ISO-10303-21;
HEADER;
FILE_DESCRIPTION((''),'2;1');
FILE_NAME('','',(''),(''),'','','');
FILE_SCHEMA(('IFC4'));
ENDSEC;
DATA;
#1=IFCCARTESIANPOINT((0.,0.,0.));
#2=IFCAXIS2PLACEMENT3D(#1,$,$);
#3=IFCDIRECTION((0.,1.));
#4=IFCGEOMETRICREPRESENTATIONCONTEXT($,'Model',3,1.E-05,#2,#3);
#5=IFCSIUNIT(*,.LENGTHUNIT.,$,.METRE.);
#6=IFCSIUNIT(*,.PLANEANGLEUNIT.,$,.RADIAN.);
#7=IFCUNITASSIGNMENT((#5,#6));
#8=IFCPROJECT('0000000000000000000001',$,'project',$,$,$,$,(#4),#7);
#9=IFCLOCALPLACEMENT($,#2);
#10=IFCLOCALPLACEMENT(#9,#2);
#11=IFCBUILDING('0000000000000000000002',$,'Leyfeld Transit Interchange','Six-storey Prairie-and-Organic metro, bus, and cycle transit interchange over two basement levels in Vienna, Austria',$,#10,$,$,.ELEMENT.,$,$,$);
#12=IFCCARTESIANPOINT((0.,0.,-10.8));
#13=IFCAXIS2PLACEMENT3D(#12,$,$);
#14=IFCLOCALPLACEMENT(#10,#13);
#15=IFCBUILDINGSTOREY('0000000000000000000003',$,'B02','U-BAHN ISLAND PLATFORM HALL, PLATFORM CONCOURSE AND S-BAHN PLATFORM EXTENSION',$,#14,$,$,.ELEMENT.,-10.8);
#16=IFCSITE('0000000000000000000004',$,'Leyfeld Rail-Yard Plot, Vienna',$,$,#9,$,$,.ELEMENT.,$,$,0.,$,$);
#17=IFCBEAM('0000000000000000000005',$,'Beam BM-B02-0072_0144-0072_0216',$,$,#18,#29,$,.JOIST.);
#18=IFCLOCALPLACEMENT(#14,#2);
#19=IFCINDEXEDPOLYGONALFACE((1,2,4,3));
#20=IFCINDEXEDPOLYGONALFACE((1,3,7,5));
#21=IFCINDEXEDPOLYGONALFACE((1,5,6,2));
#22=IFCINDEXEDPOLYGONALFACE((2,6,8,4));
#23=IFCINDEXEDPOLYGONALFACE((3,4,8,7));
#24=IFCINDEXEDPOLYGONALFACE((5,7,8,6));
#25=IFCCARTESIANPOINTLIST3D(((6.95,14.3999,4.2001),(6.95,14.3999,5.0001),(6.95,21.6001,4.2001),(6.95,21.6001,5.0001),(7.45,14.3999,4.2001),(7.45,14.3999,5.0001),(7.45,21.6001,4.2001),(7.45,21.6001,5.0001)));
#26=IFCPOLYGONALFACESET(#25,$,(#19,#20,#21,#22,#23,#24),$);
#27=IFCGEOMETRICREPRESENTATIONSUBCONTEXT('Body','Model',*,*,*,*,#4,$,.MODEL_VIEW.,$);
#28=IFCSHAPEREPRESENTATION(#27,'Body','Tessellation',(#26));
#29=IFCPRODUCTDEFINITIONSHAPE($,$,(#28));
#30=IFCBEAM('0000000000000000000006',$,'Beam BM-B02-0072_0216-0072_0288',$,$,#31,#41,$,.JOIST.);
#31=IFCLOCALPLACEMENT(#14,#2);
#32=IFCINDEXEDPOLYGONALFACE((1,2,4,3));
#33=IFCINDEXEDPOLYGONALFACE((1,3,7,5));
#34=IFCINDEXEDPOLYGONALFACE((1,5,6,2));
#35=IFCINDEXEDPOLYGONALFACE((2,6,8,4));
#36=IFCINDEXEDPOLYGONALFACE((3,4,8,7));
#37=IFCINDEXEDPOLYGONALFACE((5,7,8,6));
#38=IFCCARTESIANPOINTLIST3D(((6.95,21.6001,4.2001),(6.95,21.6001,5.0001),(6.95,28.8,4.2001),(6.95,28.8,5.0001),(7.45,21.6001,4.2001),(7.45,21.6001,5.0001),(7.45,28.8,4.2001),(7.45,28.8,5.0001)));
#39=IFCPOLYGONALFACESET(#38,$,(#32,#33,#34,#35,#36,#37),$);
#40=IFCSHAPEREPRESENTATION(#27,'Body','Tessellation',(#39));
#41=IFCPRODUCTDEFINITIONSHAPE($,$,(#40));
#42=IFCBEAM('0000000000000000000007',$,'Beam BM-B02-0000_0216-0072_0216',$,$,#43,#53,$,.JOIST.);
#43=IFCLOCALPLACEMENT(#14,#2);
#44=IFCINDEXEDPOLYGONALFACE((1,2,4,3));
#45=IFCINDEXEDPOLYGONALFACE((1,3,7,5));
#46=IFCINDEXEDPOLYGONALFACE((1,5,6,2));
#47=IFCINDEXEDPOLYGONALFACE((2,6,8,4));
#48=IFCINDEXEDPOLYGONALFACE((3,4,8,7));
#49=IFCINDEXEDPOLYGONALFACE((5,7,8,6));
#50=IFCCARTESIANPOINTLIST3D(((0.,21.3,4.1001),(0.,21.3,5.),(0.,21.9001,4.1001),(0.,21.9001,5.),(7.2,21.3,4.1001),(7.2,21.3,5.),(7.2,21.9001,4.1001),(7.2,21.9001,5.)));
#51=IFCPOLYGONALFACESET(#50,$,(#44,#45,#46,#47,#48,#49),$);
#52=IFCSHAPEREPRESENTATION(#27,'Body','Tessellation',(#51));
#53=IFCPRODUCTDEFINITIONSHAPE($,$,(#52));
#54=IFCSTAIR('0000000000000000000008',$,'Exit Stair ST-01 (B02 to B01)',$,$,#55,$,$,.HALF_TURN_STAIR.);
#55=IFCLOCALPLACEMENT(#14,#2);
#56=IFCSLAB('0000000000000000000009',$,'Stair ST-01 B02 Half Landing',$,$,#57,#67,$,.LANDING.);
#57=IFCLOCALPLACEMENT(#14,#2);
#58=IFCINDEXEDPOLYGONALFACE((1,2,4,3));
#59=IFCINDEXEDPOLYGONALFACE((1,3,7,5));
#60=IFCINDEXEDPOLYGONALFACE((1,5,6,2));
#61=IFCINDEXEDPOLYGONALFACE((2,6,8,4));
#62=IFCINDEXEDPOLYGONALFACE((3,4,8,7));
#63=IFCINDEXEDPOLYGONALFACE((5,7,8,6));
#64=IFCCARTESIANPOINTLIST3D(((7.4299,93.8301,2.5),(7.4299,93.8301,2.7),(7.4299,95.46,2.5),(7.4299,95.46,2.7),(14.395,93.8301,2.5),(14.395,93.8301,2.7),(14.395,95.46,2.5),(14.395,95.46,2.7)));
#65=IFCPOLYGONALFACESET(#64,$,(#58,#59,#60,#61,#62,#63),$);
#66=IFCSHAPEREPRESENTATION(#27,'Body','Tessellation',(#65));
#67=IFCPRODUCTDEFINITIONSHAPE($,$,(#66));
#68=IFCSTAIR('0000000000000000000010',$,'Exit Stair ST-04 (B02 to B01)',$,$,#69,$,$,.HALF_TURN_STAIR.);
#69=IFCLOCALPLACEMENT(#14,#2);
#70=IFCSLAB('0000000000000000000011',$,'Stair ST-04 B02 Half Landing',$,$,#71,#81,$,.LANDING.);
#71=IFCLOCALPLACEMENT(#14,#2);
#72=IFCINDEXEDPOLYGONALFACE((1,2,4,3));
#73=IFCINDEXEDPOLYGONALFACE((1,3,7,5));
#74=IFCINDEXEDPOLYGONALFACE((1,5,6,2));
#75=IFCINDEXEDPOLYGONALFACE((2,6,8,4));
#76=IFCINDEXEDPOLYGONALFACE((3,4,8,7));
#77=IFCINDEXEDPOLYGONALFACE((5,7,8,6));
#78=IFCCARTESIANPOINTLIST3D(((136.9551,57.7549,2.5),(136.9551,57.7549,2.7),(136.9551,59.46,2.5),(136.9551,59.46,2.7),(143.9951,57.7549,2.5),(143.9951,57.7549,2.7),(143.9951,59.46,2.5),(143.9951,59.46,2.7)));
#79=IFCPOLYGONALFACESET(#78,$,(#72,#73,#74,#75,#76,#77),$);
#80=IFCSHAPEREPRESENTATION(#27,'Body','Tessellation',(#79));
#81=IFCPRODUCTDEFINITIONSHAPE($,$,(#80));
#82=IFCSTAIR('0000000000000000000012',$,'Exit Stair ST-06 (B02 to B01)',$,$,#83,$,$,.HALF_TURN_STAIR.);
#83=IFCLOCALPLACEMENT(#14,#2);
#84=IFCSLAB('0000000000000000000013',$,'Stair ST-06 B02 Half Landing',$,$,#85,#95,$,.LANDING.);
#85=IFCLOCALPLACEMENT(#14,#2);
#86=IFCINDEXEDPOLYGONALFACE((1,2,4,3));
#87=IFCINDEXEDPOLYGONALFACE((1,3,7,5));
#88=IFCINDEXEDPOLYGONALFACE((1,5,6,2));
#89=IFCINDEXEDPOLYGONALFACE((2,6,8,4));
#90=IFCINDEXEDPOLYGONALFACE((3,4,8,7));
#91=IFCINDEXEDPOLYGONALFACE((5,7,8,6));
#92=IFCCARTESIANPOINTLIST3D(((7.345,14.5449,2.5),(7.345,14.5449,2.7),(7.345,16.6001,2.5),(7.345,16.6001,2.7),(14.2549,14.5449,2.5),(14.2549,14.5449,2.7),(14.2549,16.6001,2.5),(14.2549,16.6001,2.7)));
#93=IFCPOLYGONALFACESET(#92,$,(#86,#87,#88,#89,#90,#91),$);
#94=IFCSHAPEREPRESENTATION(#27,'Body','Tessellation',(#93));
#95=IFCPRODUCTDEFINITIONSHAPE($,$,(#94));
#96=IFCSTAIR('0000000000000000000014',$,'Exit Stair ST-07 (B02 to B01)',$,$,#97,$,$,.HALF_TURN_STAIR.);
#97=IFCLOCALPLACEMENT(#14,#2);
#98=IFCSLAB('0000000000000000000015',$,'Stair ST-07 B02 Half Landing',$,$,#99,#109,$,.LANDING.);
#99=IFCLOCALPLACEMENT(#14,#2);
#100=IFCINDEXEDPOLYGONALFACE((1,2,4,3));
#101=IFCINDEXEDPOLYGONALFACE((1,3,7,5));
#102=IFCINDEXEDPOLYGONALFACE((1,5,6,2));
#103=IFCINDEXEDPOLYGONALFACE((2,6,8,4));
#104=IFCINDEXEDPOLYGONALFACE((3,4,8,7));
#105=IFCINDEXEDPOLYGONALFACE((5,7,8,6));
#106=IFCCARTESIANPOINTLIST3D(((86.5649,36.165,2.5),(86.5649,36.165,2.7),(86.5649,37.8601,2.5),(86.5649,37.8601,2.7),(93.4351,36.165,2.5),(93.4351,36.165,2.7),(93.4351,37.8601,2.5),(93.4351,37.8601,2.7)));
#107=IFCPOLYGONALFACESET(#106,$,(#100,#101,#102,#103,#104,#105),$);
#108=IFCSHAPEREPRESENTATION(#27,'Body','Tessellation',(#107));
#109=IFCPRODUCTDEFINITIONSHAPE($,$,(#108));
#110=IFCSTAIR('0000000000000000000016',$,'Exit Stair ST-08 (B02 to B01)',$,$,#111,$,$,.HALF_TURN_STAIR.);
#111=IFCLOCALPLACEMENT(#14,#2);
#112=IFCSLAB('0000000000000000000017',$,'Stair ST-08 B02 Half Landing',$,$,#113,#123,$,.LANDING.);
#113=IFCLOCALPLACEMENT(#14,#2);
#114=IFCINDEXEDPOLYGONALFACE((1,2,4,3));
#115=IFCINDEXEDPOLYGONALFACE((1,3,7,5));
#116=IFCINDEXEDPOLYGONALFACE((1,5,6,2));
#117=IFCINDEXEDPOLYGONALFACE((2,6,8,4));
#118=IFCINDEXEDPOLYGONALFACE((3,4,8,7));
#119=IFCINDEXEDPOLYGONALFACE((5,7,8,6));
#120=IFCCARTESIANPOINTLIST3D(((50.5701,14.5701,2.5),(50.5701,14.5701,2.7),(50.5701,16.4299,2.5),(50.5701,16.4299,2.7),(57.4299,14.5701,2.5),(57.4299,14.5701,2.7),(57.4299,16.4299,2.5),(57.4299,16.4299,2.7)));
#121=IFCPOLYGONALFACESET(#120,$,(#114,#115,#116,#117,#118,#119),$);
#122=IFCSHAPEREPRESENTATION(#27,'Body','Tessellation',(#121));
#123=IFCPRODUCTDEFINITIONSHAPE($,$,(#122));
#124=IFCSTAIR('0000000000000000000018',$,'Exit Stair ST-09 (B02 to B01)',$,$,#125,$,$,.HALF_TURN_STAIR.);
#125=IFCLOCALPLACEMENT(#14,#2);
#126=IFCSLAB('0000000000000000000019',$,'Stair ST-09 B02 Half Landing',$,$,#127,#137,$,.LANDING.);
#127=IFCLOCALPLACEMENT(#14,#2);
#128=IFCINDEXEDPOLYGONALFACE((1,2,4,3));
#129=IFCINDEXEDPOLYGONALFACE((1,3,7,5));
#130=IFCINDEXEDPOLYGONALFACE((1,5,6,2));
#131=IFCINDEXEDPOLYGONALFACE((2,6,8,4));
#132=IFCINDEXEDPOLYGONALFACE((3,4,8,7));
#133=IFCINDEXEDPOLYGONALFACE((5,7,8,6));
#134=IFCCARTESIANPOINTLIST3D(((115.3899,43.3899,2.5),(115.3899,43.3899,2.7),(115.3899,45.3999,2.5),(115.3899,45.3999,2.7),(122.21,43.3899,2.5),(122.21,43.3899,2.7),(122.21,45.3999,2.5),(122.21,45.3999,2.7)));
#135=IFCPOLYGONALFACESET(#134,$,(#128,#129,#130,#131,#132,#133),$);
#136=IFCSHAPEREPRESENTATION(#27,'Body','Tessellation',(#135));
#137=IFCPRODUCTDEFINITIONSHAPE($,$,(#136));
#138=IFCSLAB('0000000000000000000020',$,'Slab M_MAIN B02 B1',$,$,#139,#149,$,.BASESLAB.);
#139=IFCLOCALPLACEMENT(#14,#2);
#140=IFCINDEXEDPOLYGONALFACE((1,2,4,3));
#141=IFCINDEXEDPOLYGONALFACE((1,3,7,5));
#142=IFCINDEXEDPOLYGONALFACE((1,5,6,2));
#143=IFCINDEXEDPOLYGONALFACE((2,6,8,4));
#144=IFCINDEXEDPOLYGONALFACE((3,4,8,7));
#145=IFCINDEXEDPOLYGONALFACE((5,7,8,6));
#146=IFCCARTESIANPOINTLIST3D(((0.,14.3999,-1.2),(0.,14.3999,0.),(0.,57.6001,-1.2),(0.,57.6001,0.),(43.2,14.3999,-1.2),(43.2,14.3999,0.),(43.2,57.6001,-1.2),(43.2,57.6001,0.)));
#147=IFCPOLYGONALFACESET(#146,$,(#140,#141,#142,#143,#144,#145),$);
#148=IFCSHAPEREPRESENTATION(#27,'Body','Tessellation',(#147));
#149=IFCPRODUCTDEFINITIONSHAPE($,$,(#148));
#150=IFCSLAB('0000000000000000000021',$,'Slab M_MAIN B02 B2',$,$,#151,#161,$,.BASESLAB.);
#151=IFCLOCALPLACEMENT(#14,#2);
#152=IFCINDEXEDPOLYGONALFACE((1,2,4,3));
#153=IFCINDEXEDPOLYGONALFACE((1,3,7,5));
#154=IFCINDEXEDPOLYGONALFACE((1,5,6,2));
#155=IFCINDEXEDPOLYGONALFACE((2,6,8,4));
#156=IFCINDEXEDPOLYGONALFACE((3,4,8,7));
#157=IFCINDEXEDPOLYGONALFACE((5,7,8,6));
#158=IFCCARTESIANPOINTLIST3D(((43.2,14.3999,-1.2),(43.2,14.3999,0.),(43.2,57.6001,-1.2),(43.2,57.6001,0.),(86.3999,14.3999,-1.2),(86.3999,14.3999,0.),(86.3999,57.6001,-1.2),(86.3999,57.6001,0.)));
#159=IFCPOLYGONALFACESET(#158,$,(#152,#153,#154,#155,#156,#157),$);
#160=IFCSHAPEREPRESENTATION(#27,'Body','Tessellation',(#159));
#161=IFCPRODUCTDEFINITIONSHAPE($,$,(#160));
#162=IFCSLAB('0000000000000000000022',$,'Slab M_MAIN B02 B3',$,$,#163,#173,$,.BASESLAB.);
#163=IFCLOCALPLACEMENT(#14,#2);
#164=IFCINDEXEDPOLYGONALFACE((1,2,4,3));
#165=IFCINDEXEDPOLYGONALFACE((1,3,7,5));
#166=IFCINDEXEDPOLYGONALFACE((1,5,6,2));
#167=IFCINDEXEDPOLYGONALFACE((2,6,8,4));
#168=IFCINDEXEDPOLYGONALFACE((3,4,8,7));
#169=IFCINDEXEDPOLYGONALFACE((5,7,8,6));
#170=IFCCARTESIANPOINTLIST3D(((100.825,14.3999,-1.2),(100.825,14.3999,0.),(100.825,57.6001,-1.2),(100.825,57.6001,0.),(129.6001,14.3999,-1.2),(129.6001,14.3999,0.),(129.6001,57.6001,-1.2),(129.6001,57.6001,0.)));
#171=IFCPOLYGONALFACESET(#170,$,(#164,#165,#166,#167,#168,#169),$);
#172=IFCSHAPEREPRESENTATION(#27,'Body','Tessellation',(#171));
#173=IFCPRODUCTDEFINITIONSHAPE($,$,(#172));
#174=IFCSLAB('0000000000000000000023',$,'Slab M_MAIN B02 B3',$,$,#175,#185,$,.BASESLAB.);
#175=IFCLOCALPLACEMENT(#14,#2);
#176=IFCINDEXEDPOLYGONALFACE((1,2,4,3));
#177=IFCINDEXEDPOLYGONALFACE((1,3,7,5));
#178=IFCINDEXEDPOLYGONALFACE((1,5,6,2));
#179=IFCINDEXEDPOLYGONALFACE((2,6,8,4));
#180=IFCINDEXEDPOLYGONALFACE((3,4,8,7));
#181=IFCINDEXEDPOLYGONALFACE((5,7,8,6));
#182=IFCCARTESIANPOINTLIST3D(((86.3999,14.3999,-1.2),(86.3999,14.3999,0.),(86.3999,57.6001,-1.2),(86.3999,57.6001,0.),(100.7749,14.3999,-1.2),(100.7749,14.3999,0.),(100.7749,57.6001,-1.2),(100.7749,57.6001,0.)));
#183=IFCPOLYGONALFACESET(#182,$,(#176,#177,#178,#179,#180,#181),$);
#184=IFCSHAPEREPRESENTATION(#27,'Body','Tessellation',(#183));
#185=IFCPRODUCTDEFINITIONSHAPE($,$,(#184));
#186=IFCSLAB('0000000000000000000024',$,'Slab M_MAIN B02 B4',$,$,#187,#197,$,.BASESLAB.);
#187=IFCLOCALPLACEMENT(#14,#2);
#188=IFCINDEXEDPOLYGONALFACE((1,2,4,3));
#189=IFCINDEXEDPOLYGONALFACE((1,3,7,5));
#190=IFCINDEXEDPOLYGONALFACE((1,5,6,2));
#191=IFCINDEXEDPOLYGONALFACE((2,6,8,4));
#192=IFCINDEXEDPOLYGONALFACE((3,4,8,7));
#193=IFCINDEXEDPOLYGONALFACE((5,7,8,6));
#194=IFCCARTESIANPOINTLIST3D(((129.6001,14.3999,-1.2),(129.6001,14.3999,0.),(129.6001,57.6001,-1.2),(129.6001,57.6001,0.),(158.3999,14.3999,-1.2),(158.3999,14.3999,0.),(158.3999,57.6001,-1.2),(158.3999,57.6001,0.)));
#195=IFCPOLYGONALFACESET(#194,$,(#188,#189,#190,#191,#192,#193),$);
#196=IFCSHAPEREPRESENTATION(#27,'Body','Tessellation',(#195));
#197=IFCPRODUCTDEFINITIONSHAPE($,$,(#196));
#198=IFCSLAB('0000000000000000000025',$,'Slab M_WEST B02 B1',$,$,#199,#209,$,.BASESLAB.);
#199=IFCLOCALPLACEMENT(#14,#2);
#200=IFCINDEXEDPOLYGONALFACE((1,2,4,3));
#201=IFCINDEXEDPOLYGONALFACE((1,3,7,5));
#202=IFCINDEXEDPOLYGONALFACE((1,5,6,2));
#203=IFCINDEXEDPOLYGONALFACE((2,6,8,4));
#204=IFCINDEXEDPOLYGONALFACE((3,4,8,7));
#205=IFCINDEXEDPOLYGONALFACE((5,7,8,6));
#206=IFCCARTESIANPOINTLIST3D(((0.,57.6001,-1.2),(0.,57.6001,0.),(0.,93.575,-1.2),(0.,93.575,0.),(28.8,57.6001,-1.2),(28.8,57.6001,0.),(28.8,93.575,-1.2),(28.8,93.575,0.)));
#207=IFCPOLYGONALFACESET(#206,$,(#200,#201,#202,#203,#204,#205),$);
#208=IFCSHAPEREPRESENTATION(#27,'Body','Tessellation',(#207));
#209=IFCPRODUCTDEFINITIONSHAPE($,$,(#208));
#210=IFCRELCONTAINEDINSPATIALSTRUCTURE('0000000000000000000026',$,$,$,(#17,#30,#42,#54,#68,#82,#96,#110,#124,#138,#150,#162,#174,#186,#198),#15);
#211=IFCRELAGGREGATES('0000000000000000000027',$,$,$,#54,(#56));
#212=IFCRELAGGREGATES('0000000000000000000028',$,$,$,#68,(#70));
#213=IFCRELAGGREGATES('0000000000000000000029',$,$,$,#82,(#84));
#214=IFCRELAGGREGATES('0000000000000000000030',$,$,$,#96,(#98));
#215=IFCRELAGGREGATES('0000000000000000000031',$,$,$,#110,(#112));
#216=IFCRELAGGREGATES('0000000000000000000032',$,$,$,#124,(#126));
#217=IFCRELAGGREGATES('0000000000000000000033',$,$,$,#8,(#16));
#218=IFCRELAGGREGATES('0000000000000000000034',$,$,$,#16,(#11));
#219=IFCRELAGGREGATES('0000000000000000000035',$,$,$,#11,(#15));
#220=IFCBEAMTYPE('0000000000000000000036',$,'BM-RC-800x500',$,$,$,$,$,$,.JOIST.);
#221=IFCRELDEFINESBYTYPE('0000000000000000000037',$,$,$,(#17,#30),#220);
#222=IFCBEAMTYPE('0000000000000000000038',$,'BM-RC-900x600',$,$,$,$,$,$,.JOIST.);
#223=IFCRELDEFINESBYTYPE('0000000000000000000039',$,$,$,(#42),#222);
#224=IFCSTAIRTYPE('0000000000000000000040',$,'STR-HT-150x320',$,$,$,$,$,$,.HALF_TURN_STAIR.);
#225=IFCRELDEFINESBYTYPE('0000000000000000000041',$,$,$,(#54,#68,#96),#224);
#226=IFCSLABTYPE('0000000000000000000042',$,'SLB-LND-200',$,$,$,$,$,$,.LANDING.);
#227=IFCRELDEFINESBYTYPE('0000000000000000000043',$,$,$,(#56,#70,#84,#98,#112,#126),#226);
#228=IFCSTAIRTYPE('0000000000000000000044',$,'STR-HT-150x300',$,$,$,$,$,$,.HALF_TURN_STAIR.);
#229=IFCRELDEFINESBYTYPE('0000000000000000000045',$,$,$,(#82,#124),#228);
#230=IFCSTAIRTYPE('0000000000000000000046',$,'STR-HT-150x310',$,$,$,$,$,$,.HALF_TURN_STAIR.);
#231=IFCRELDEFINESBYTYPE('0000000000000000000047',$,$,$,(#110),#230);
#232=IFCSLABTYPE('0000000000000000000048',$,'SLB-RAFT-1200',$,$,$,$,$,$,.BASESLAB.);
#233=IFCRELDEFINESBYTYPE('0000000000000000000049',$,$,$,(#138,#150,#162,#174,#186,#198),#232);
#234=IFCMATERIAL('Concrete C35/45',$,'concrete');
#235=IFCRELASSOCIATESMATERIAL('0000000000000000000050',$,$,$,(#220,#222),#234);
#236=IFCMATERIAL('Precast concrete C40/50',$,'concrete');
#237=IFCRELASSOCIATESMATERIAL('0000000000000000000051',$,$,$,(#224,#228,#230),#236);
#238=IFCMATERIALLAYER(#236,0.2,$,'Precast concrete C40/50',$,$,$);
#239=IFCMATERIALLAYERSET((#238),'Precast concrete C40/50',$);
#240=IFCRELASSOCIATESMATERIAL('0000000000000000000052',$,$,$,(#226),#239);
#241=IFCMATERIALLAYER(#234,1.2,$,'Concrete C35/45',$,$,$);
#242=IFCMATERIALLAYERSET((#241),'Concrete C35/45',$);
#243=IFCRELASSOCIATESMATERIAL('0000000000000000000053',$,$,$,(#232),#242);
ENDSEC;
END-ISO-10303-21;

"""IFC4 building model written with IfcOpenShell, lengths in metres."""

from ifc_helpers import new_model, si_unit, direction, frame, origin, origin_2d, place, context, subcontext, project, spatial, polyline, rectangle, outline, extrude, material, layer, layer_set, material_profile, profile_set, type_object, element, aggregate, save


model = new_model("IFC4")

# Units and contexts
model_context = context("Model", 3, precision=1e-05, world=origin(), true_north=direction((0.0, 1.0)))
body_context = subcontext(model_context, "Body", "Model", "MODEL_VIEW")
ifc_project = project(units=[si_unit("LENGTHUNIT", "METRE"), si_unit("PLANEANGLEUNIT", "RADIAN")], contexts=[model_context])

# Site, building, storey
site_placement = place(None, origin())
site = spatial("IfcSite", under=ifc_project, at=site_placement, Name="Leyfeld Rail-Yard Plot, Vienna", CompositionType="ELEMENT", RefElevation=0.0)
building_placement = place(site_placement, origin())
building = spatial("IfcBuilding", under=site, at=building_placement, Name="Leyfeld Transit Interchange", Description="Six-storey Prairie-and-Organic metro, bus, and cycle transit interchange over two basement levels in Vienna, Austria", CompositionType="ELEMENT")
storey_placement = place(building_placement, frame((0.0, 0.0, -10.8)))
storey = spatial("IfcBuildingStorey", under=building, at=storey_placement, Name="B02", Description="U-BAHN ISLAND PLATFORM HALL, PLATFORM CONCOURSE AND S-BAHN PLATFORM EXTENSION", CompositionType="ELEMENT", Elevation=-10.8)

# Shared definitions
ifc_material_1 = material(Name="Concrete C35/45", Category="concrete")

# Beams
ifc_material_profile_1 = material_profile(ifc_material_1, rectangle(XDim=0.5, YDim=0.8, at=origin_2d()), Name="RC 800x500")
ifc_profile_set_1 = profile_set([ifc_material_profile_1], Name="Concrete C35/45")
beam_type_1 = type_object("IfcBeamType", Name="BM-RC-800x500", PredefinedType="JOIST", material=ifc_profile_set_1)
beam_1_placement = place(storey_placement, frame((7.2, 14.3999, 4.6001), z_axis=(0.0, 1.0, 0.0), x_axis=(-1.0, 0.0, 0.0)))
element("IfcBeam", 1, at=beam_1_placement, inside=storey, type_object=beam_type_1, Name="Beam BM-B02-0072_0144-0072_0216", PredefinedType="JOIST", context=body_context, shape_type="SweptSolid", body=[
    extrude(rectangle(XDim=0.5, YDim=0.8, at=origin_2d()), origin(), (0.0, 0.0, 1.0), 7.2002),
])
beam_2_placement = place(storey_placement, frame((7.2, 21.6001, 4.6001), z_axis=(0.0, 1.0, 0.0), x_axis=(-1.0, 0.0, 0.0)))
element("IfcBeam", 2, at=beam_2_placement, inside=storey, type_object=beam_type_1, Name="Beam BM-B02-0072_0216-0072_0288", PredefinedType="JOIST", context=body_context, shape_type="SweptSolid", body=[
    extrude(rectangle(XDim=0.5, YDim=0.8, at=origin_2d()), origin(), (0.0, 0.0, 1.0), 7.2),
])
ifc_material_profile_2 = material_profile(ifc_material_1, rectangle(XDim=0.6001, YDim=0.8999, at=origin_2d()), Name="RC 900x600")
ifc_profile_set_2 = profile_set([ifc_material_profile_2], Name="Concrete C35/45")
beam_type_2 = type_object("IfcBeamType", Name="BM-RC-900x600", PredefinedType="JOIST", material=ifc_profile_set_2)
beam_3_placement = place(storey_placement, frame((0.0, 21.6001, 4.55), z_axis=(1.0, 0.0, 0.0), x_axis=(0.0, 1.0, 0.0)))
element("IfcBeam", 3, at=beam_3_placement, inside=storey, type_object=beam_type_2, Name="Beam BM-B02-0000_0216-0072_0216", PredefinedType="JOIST", context=body_context, shape_type="SweptSolid", body=[
    extrude(rectangle(XDim=0.6001, YDim=0.8999, at=origin_2d()), origin(), (0.0, 0.0, 1.0), 7.2),
])

# Stairs, slabs
ifc_material_2 = material(Name="Precast concrete C40/50", Category="concrete")
stair_type_1 = type_object("IfcStairType", Name="STR-HT-150x320", PredefinedType="HALF_TURN_STAIR", material=ifc_material_2)
stair_1_placement = place(storey_placement, origin())
stair_1 = element("IfcStair", 4, at=stair_1_placement, inside=storey, type_object=stair_type_1, Name="Exit Stair ST-01 (B02 to B01)", PredefinedType="HALF_TURN_STAIR")
ifc_layer_1 = layer(ifc_material_2, 0.2, Name="Precast concrete C40/50")
ifc_layer_set_1 = layer_set([ifc_layer_1], Name="Precast concrete C40/50")
slab_type_1 = type_object("IfcSlabType", Name="SLB-LND-200", PredefinedType="LANDING", material=ifc_layer_set_1)
slab_1_placement = place(storey_placement, frame((0.0, 0.0, 2.5)))
slab_1 = element("IfcSlab", 5, at=slab_1_placement, type_object=slab_type_1, Name="Stair ST-01 B02 Half Landing", PredefinedType="LANDING", context=body_context, shape_type="SweptSolid", body=[
    extrude(outline(polyline([(7.4299, 93.8301), (14.395, 93.8301), (14.395, 95.46), (7.4299, 95.46), (7.4299, 93.8301)])), origin(), (0.0, 0.0, 1.0), 0.2),
])
aggregate(stair_1, [slab_1])
stair_2_placement = place(storey_placement, origin())
stair_2 = element("IfcStair", 6, at=stair_2_placement, inside=storey, type_object=stair_type_1, Name="Exit Stair ST-04 (B02 to B01)", PredefinedType="HALF_TURN_STAIR")
slab_2_placement = place(storey_placement, frame((0.0, 0.0, 2.5)))
slab_2 = element("IfcSlab", 7, at=slab_2_placement, type_object=slab_type_1, Name="Stair ST-04 B02 Half Landing", PredefinedType="LANDING", context=body_context, shape_type="SweptSolid", body=[
    extrude(outline(polyline([(136.9551, 57.7549), (143.9951, 57.7549), (143.9951, 59.46), (136.9551, 59.46), (136.9551, 57.7549)])), origin(), (0.0, 0.0, 1.0), 0.2),
])
aggregate(stair_2, [slab_2])
stair_type_2 = type_object("IfcStairType", Name="STR-HT-150x300", PredefinedType="HALF_TURN_STAIR", material=ifc_material_2)
stair_3_placement = place(storey_placement, origin())
stair_3 = element("IfcStair", 8, at=stair_3_placement, inside=storey, type_object=stair_type_2, Name="Exit Stair ST-06 (B02 to B01)", PredefinedType="HALF_TURN_STAIR")
slab_3_placement = place(storey_placement, frame((0.0, 0.0, 2.5)))
slab_3 = element("IfcSlab", 9, at=slab_3_placement, type_object=slab_type_1, Name="Stair ST-06 B02 Half Landing", PredefinedType="LANDING", context=body_context, shape_type="SweptSolid", body=[
    extrude(outline(polyline([(7.345, 14.5449), (14.2549, 14.5449), (14.2549, 16.6001), (7.345, 16.6001), (7.345, 14.5449)])), origin(), (0.0, 0.0, 1.0), 0.2),
])
aggregate(stair_3, [slab_3])
stair_4_placement = place(storey_placement, origin())
stair_4 = element("IfcStair", 10, at=stair_4_placement, inside=storey, type_object=stair_type_1, Name="Exit Stair ST-07 (B02 to B01)", PredefinedType="HALF_TURN_STAIR")
slab_4_placement = place(storey_placement, frame((0.0, 0.0, 2.5)))
slab_4 = element("IfcSlab", 11, at=slab_4_placement, type_object=slab_type_1, Name="Stair ST-07 B02 Half Landing", PredefinedType="LANDING", context=body_context, shape_type="SweptSolid", body=[
    extrude(outline(polyline([(86.5649, 36.165), (93.4351, 36.165), (93.4351, 37.8601), (86.5649, 37.8601), (86.5649, 36.165)])), origin(), (0.0, 0.0, 1.0), 0.2),
])
aggregate(stair_4, [slab_4])
stair_type_3 = type_object("IfcStairType", Name="STR-HT-150x310", PredefinedType="HALF_TURN_STAIR", material=ifc_material_2)
stair_5_placement = place(storey_placement, origin())
stair_5 = element("IfcStair", 12, at=stair_5_placement, inside=storey, type_object=stair_type_3, Name="Exit Stair ST-08 (B02 to B01)", PredefinedType="HALF_TURN_STAIR")
slab_5_placement = place(storey_placement, frame((0.0, 0.0, 2.5)))
slab_5 = element("IfcSlab", 13, at=slab_5_placement, type_object=slab_type_1, Name="Stair ST-08 B02 Half Landing", PredefinedType="LANDING", context=body_context, shape_type="SweptSolid", body=[
    extrude(outline(polyline([(50.5701, 14.5701), (57.4299, 14.5701), (57.4299, 16.4299), (50.5701, 16.4299), (50.5701, 14.5701)])), origin(), (0.0, 0.0, 1.0), 0.2),
])
aggregate(stair_5, [slab_5])
stair_6_placement = place(storey_placement, origin())
stair_6 = element("IfcStair", 14, at=stair_6_placement, inside=storey, type_object=stair_type_2, Name="Exit Stair ST-09 (B02 to B01)", PredefinedType="HALF_TURN_STAIR")
slab_6_placement = place(storey_placement, frame((0.0, 0.0, 2.5)))
slab_6 = element("IfcSlab", 15, at=slab_6_placement, type_object=slab_type_1, Name="Stair ST-09 B02 Half Landing", PredefinedType="LANDING", context=body_context, shape_type="SweptSolid", body=[
    extrude(outline(polyline([(115.3899, 43.3899), (122.21, 43.3899), (122.21, 45.3999), (115.3899, 45.3999), (115.3899, 43.3899)])), origin(), (0.0, 0.0, 1.0), 0.2),
])
aggregate(stair_6, [slab_6])

# Slabs
ifc_layer_2 = layer(ifc_material_1, 1.2, Name="Concrete C35/45")
ifc_layer_set_2 = layer_set([ifc_layer_2], Name="Concrete C35/45")
slab_type_2 = type_object("IfcSlabType", Name="SLB-RAFT-1200", PredefinedType="BASESLAB", material=ifc_layer_set_2)
slab_7_placement = place(storey_placement, frame((0.0, 0.0, -1.2)))
element("IfcSlab", 16, at=slab_7_placement, inside=storey, type_object=slab_type_2, Name="Slab M_MAIN B02 B1", PredefinedType="BASESLAB", context=body_context, shape_type="SweptSolid", body=[
    extrude(outline(polyline([(0.0, 57.6001), (0.0, 14.3999), (43.2, 14.3999), (43.2, 57.6001), (0.0, 57.6001)])), origin(), (0.0, 0.0, 1.0), 1.2),
])
slab_8_placement = place(storey_placement, frame((0.0, 0.0, -1.2)))
element("IfcSlab", 17, at=slab_8_placement, inside=storey, type_object=slab_type_2, Name="Slab M_MAIN B02 B2", PredefinedType="BASESLAB", context=body_context, shape_type="SweptSolid", body=[
    extrude(outline(polyline([(43.2, 57.6001), (43.2, 14.3999), (86.3999, 14.3999), (86.3999, 57.6001), (43.2, 57.6001)])), origin(), (0.0, 0.0, 1.0), 1.2),
])
slab_9_placement = place(storey_placement, frame((0.0, 0.0, -1.2)))
element("IfcSlab", 18, at=slab_9_placement, inside=storey, type_object=slab_type_2, Name="Slab M_MAIN B02 B3", PredefinedType="BASESLAB", context=body_context, shape_type="SweptSolid", body=[
    extrude(outline(polyline([(129.6001, 57.6001), (100.825, 57.6001), (100.825, 14.3999), (129.6001, 14.3999), (129.6001, 57.6001)])), origin(), (0.0, 0.0, 1.0), 1.2),
])
slab_10_placement = place(storey_placement, frame((0.0, 0.0, -1.2)))
element("IfcSlab", 19, at=slab_10_placement, inside=storey, type_object=slab_type_2, Name="Slab M_MAIN B02 B3", PredefinedType="BASESLAB", context=body_context, shape_type="SweptSolid", body=[
    extrude(outline(polyline([(100.7749, 14.3999), (100.7749, 57.6001), (86.3999, 57.6001), (86.3999, 14.3999), (100.7749, 14.3999)])), origin(), (0.0, 0.0, 1.0), 1.2),
])
slab_11_placement = place(storey_placement, frame((0.0, 0.0, -1.2)))
element("IfcSlab", 20, at=slab_11_placement, inside=storey, type_object=slab_type_2, Name="Slab M_MAIN B02 B4", PredefinedType="BASESLAB", context=body_context, shape_type="SweptSolid", body=[
    extrude(outline(polyline([(129.6001, 57.6001), (129.6001, 14.3999), (158.3999, 14.3999), (158.3999, 57.6001), (129.6001, 57.6001)])), origin(), (0.0, 0.0, 1.0), 1.2),
])
slab_12_placement = place(storey_placement, frame((0.0, 0.0, -1.2)))
element("IfcSlab", 21, at=slab_12_placement, inside=storey, type_object=slab_type_2, Name="Slab M_WEST B02 B1", PredefinedType="BASESLAB", context=body_context, shape_type="SweptSolid", body=[
    extrude(outline(polyline([(28.8, 57.6001), (28.8, 93.575), (0.0, 93.575), (0.0, 57.6001), (28.8, 57.6001)])), origin(), (0.0, 0.0, 1.0), 1.2),
])

save(model, "model.ifc")
